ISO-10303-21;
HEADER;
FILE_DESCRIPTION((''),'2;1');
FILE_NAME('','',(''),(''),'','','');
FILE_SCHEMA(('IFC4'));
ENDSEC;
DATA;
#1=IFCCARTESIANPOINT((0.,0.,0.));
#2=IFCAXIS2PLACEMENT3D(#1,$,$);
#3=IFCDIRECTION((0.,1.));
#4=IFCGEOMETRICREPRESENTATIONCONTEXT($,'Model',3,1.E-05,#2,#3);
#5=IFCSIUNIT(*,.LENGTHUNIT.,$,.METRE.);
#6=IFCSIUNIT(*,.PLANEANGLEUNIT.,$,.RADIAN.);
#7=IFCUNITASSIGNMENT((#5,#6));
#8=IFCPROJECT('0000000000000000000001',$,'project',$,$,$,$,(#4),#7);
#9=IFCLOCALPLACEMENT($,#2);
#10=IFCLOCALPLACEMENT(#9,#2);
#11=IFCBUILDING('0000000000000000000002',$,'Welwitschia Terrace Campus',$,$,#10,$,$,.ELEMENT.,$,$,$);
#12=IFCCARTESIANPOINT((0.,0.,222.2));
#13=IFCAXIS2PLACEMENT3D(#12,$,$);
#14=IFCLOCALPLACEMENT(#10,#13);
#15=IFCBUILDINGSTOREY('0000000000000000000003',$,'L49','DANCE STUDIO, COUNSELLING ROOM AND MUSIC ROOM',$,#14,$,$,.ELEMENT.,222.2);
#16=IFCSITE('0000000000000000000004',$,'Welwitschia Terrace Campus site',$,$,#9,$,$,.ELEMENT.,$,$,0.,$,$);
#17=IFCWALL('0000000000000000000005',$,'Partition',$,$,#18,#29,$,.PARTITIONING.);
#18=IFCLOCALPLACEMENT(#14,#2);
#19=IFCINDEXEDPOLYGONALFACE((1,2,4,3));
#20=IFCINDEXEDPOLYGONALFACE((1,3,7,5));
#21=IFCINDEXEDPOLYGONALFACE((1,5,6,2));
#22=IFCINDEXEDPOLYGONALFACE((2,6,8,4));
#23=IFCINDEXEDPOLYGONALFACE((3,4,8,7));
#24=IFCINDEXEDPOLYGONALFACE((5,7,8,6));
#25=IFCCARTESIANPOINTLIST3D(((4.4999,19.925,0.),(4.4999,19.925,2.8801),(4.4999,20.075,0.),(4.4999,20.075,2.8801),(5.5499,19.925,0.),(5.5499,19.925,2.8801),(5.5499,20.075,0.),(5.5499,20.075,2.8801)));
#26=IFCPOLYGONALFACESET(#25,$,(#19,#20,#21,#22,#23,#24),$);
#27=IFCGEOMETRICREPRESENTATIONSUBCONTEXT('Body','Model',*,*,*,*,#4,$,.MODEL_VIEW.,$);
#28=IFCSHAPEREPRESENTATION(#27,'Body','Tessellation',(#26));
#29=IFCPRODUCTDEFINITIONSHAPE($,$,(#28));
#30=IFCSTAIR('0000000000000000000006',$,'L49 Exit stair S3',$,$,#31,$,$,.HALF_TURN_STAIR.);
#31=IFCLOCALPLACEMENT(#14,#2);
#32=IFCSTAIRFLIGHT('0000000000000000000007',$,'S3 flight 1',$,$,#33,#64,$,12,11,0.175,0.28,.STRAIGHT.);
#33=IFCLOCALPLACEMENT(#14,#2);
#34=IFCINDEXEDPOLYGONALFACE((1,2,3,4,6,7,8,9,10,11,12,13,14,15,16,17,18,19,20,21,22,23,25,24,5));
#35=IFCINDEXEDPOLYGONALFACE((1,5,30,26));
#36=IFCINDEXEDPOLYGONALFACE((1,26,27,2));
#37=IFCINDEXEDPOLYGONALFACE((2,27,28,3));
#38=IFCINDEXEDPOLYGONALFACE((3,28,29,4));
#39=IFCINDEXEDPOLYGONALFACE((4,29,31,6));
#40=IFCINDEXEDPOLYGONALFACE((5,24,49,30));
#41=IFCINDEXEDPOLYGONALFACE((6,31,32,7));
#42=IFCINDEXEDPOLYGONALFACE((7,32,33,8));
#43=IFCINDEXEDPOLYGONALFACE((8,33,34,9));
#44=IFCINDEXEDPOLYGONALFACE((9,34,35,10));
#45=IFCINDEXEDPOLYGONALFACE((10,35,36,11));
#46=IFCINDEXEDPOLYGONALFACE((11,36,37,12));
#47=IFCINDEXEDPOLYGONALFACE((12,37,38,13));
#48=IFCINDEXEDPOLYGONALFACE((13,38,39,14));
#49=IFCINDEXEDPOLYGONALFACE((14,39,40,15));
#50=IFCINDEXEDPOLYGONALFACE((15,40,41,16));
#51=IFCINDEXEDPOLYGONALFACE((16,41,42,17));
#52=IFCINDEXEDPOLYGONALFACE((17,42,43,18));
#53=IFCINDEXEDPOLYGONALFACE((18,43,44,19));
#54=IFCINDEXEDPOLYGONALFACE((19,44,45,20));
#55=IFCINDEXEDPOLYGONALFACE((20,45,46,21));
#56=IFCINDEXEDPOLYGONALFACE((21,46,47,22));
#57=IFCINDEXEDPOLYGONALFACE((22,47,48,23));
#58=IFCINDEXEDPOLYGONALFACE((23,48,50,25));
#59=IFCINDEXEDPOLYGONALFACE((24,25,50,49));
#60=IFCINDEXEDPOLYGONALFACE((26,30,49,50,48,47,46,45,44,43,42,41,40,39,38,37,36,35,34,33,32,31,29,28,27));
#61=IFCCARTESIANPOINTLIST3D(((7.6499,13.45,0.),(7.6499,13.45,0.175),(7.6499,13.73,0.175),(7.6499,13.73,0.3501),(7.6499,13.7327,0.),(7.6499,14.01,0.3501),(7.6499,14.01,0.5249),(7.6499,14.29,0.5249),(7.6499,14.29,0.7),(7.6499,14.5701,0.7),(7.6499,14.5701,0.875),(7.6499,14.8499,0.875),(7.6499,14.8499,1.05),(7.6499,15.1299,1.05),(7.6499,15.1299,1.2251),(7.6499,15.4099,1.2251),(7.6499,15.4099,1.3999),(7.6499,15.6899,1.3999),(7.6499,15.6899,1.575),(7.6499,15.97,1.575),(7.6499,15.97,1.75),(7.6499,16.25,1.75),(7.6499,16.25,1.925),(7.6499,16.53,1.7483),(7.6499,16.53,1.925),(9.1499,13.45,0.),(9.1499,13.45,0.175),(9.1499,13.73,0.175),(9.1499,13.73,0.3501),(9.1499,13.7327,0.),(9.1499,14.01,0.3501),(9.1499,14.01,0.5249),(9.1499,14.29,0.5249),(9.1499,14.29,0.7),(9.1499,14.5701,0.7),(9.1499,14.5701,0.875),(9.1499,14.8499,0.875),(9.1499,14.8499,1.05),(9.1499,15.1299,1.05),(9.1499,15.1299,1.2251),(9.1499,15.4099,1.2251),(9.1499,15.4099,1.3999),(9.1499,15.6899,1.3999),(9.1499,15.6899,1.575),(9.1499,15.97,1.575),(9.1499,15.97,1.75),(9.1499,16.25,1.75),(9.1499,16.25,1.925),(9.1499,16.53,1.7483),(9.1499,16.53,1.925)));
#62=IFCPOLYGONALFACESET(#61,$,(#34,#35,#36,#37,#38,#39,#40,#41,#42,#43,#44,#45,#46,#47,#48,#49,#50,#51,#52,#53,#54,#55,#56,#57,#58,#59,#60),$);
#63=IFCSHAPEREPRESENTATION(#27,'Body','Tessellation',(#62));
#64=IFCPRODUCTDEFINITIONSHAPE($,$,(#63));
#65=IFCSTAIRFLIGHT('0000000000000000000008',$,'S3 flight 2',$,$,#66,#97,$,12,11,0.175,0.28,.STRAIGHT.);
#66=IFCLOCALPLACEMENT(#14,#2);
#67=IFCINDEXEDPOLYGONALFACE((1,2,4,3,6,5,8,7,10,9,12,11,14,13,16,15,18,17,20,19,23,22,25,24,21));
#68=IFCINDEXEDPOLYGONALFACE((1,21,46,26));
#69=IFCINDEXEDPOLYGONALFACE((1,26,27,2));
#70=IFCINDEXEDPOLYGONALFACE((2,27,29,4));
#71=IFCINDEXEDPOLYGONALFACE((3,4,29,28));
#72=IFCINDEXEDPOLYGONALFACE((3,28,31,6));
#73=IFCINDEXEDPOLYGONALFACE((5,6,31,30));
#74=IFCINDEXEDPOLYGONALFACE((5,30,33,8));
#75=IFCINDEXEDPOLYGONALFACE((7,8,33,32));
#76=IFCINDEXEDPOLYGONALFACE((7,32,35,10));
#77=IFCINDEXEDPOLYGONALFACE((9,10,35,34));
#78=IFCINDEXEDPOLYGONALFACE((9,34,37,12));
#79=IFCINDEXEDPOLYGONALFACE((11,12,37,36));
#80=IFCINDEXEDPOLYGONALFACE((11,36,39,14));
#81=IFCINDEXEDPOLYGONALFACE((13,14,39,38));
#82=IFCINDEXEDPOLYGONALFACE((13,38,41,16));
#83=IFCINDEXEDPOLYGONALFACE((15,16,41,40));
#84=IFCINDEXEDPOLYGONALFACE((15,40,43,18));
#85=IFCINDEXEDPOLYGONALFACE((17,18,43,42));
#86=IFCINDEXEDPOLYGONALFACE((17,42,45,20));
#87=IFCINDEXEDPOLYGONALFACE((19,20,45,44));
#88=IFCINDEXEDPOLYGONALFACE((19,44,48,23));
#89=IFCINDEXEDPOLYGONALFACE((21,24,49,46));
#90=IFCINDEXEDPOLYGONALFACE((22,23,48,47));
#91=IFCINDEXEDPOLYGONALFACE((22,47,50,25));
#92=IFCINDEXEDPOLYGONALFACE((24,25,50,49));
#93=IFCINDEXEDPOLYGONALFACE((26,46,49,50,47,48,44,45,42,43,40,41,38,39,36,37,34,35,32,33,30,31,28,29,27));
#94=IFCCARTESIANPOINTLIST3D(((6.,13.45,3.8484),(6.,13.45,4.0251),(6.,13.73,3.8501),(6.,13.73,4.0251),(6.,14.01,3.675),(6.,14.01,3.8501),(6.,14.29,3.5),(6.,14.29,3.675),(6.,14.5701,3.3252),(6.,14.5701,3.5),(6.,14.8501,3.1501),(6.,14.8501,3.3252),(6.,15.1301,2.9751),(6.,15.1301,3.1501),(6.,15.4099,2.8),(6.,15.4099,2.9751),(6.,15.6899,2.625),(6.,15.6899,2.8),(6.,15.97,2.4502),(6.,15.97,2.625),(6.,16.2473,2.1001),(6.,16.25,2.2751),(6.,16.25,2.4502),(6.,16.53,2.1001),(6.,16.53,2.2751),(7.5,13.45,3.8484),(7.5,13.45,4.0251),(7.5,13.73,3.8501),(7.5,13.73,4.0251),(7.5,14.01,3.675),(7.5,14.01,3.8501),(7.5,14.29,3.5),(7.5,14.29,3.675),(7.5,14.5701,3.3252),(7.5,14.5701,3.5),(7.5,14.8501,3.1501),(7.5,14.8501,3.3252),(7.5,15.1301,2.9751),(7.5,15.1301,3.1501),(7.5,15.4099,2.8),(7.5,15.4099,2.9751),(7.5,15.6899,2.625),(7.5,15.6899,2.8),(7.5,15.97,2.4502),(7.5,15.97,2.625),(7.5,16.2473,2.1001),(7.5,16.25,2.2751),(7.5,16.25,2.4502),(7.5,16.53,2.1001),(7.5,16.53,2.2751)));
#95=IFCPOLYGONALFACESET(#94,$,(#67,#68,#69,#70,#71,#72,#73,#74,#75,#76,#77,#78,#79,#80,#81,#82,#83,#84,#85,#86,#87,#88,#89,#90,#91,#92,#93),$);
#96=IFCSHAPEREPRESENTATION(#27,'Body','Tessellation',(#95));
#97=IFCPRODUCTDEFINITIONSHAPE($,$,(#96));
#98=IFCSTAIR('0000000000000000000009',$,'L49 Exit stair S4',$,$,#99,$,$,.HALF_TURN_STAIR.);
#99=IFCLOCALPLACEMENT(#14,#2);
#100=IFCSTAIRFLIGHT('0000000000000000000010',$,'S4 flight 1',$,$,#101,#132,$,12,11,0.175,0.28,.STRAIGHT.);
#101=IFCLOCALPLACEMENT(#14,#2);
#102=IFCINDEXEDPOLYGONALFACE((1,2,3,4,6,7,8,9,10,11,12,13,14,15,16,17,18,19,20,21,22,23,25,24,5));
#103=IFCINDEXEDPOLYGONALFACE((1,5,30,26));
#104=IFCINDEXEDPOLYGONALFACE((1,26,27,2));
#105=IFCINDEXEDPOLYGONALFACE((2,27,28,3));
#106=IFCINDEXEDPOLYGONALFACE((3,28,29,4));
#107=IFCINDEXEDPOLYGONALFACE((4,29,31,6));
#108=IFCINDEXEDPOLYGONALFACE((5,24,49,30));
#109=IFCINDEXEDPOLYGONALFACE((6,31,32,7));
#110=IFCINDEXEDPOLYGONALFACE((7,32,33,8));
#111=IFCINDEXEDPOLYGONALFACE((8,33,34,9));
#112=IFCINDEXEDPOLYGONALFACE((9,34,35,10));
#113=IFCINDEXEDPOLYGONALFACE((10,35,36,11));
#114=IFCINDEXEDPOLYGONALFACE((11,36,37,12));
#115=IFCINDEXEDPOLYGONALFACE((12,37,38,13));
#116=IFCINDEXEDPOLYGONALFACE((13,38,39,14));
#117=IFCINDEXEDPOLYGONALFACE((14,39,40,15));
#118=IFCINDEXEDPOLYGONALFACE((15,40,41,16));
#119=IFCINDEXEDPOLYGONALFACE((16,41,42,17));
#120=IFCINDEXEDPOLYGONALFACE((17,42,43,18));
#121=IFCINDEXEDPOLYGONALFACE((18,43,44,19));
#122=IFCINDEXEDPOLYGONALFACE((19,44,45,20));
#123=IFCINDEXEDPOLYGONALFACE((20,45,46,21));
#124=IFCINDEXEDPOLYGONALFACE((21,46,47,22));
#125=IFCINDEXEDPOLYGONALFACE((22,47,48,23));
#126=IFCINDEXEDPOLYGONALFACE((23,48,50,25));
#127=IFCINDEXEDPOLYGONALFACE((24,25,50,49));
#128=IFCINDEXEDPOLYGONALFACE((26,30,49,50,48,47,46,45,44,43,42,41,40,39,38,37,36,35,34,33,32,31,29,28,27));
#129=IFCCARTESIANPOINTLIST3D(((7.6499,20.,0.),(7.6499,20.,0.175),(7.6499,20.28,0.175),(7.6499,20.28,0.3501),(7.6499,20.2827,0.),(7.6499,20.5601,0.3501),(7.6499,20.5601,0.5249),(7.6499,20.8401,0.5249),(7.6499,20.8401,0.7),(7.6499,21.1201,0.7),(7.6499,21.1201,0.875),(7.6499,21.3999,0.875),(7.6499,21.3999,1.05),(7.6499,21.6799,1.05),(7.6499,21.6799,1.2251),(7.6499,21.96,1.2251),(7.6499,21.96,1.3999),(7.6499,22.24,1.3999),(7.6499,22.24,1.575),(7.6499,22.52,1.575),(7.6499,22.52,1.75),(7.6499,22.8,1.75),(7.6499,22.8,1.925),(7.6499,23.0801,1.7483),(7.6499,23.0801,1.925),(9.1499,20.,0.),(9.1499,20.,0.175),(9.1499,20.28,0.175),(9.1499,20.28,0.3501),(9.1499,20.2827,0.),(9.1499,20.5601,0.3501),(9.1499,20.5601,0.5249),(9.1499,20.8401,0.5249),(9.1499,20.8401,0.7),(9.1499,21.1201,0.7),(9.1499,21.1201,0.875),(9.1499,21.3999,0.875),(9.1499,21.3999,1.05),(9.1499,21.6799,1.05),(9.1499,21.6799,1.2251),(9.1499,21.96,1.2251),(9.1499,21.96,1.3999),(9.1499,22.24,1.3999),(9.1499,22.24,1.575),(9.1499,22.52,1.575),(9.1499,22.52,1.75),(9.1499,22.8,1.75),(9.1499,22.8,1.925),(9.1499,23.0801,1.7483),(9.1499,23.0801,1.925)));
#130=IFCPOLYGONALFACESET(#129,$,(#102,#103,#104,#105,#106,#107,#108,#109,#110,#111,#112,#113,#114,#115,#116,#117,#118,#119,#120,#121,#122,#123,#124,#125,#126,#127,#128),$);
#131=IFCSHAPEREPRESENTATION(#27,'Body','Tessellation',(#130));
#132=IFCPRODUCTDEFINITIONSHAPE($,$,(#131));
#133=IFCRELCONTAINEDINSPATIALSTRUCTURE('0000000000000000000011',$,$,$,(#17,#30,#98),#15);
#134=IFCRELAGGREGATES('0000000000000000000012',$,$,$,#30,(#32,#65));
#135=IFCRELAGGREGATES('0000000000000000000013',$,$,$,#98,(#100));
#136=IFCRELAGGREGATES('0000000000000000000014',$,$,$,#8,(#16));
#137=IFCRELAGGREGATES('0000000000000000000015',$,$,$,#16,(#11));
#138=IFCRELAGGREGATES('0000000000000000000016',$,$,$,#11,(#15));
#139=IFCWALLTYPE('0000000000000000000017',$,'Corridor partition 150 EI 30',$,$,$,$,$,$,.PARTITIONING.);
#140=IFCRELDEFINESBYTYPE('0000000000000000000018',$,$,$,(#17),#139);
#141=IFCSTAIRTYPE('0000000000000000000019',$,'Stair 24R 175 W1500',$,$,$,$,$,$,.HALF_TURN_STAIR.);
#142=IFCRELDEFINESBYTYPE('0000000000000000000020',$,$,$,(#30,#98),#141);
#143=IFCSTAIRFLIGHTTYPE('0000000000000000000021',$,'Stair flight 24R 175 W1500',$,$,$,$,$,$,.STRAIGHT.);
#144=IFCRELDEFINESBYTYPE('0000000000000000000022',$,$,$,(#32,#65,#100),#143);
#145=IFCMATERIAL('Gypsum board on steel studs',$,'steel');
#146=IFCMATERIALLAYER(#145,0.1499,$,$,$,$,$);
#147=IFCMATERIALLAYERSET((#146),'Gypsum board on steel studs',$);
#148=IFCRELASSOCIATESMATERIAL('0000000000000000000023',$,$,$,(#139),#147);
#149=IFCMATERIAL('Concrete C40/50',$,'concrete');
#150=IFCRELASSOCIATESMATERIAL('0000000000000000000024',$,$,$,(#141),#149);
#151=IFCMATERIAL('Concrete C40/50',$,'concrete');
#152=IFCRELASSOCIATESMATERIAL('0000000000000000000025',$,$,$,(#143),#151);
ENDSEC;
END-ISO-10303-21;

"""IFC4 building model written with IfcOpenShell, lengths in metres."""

from ifc_helpers import new_model, si_unit, direction, frame, frame_2d, origin, place, context, subcontext, project, spatial, polyline, rectangle, outline, extrude, material, layer, layer_set, type_object, element, aggregate, save


model = new_model("IFC4")

# Units and contexts
model_context = context("Model", 3, precision=1e-05, world=origin(), true_north=direction((0.0, 1.0)))
body_context = subcontext(model_context, "Body", "Model", "MODEL_VIEW")
ifc_project = project(units=[si_unit("LENGTHUNIT", "METRE"), si_unit("PLANEANGLEUNIT", "RADIAN")], contexts=[model_context])

# Site, building, storey
site_placement = place(None, origin())
site = spatial("IfcSite", under=ifc_project, at=site_placement, Name="Welwitschia Terrace Campus site", CompositionType="ELEMENT", RefElevation=0.0)
building_placement = place(site_placement, origin())
building = spatial("IfcBuilding", under=site, at=building_placement, Name="Welwitschia Terrace Campus", CompositionType="ELEMENT")
storey_placement = place(building_placement, frame((0.0, 0.0, 222.2)))
storey = spatial("IfcBuildingStorey", under=building, at=storey_placement, Name="L49", Description="DANCE STUDIO, COUNSELLING ROOM AND MUSIC ROOM", CompositionType="ELEMENT", Elevation=222.2)

# Wall
ifc_material_1 = material(Name="Gypsum board on steel studs", Category="steel")
ifc_layer_1 = layer(ifc_material_1, 0.1499)
ifc_layer_set_1 = layer_set([ifc_layer_1], Name="Gypsum board on steel studs")
wall_type_1 = type_object("IfcWallType", Name="Corridor partition 150 EI 30", PredefinedType="PARTITIONING", material=ifc_layer_set_1)
wall_1_placement = place(storey_placement, frame((4.5, 20.0, 0.0), z_axis=(0.0, 0.0, 1.0), x_axis=(1.0, 0.0, 0.0)))
element("IfcWall", 1, at=wall_1_placement, inside=storey, type_object=wall_type_1, Name="Partition", PredefinedType="PARTITIONING", context=body_context, shape_type="SweptSolid", body=[
    extrude(rectangle(XDim=1.05, YDim=0.1499, at=frame_2d((0.5249, 0.0))), origin(), (0.0, 0.0, 1.0), 2.8801),
])

# Stair, stair flights
ifc_material_2 = material(Name="Concrete C40/50", Category="concrete")
stair_type = type_object("IfcStairType", Name="Stair 24R 175 W1500", PredefinedType="HALF_TURN_STAIR", material=ifc_material_2)
stair_1_placement = place(storey_placement, origin())
stair_1 = element("IfcStair", 2, at=stair_1_placement, inside=storey, type_object=stair_type, Name="L49 Exit stair S3", PredefinedType="HALF_TURN_STAIR")
ifc_material_3 = material(Name="Concrete C40/50", Category="concrete")
stair_flight_type = type_object("IfcStairFlightType", Name="Stair flight 24R 175 W1500", PredefinedType="STRAIGHT", material=ifc_material_3)
stair_flight_1_placement = place(storey_placement, frame((8.3999, 13.45, 0.0), z_axis=(0.0, 0.0, 1.0), x_axis=(0.0, 1.0, 0.0)))
stair_flight_1 = element("IfcStairFlight", 3, at=stair_flight_1_placement, type_object=stair_flight_type, Name="S3 flight 1", NumberOfRisers=12, NumberOfTreads=11, PredefinedType="STRAIGHT", RiserHeight=0.175, TreadLength=0.28, context=body_context, shape_type="SweptSolid", body=[
    extrude(outline(polyline([(0.0, 0.0), (0.0, 0.175), (0.28, 0.175), (0.28, 0.3501), (0.5601, 0.3501), (0.5601, 0.5249), (0.8401, 0.5249), (0.8401, 0.7), (1.1201, 0.7), (1.1201, 0.875), (1.3999, 0.875), (1.3999, 1.05), (1.6799, 1.05), (1.6799, 1.2251), (1.96, 1.2251), (1.96, 1.3999), (2.24, 1.3999), (2.24, 1.575), (2.52, 1.575), (2.52, 1.75), (2.8, 1.75), (2.8, 1.925), (3.0801, 1.925), (3.0801, 2.1001), (3.0801, 1.7483), (0.2827, 0.0), (0.0, 0.0)])), frame((0.0, 0.75, 0.0), z_axis=(0.0, -1.0, 0.0), x_axis=(1.0, 0.0, 0.0)), (0.0, 0.0, 1.0), 1.5),
])
stair_flight_2_placement = place(storey_placement, frame((6.75, 16.53, 2.1001), z_axis=(0.0, 0.0, 1.0), x_axis=(0.0, -1.0, 0.0)))
stair_flight_2 = element("IfcStairFlight", 4, at=stair_flight_2_placement, type_object=stair_flight_type, Name="S3 flight 2", NumberOfRisers=12, NumberOfTreads=11, PredefinedType="STRAIGHT", RiserHeight=0.175, TreadLength=0.28, context=body_context, shape_type="SweptSolid", body=[
    extrude(outline(polyline([(0.0, 0.0), (0.0, 0.175), (0.28, 0.175), (0.28, 0.3501), (0.5601, 0.3501), (0.5601, 0.5249), (0.8401, 0.5249), (0.8401, 0.7), (1.1201, 0.7), (1.1201, 0.875), (1.3999, 0.875), (1.3999, 1.05), (1.6799, 1.05), (1.6799, 1.2251), (1.96, 1.2251), (1.96, 1.3999), (2.24, 1.3999), (2.24, 1.575), (2.52, 1.575), (2.52, 1.75), (2.8, 1.75), (2.8, 1.925), (3.0801, 1.925), (3.0801, 2.1001), (3.0801, 1.7483), (0.2827, 0.0), (0.0, 0.0)])), frame((0.0, 0.75, 0.0), z_axis=(0.0, -1.0, 0.0), x_axis=(1.0, 0.0, 0.0)), (0.0, 0.0, 1.0), 1.5),
])
aggregate(stair_1, [stair_flight_1, stair_flight_2])

# Stair, stair flight
stair_2_placement = place(storey_placement, origin())
stair_2 = element("IfcStair", 5, at=stair_2_placement, inside=storey, type_object=stair_type, Name="L49 Exit stair S4", PredefinedType="HALF_TURN_STAIR")
stair_flight_3_placement = place(storey_placement, frame((8.3999, 20.0, 0.0), z_axis=(0.0, 0.0, 1.0), x_axis=(0.0, 1.0, 0.0)))
stair_flight_3 = element("IfcStairFlight", 6, at=stair_flight_3_placement, type_object=stair_flight_type, Name="S4 flight 1", NumberOfRisers=12, NumberOfTreads=11, PredefinedType="STRAIGHT", RiserHeight=0.175, TreadLength=0.28, context=body_context, shape_type="SweptSolid", body=[
    extrude(outline(polyline([(0.0, 0.0), (0.0, 0.175), (0.28, 0.175), (0.28, 0.3501), (0.5601, 0.3501), (0.5601, 0.5249), (0.8401, 0.5249), (0.8401, 0.7), (1.1201, 0.7), (1.1201, 0.875), (1.3999, 0.875), (1.3999, 1.05), (1.6799, 1.05), (1.6799, 1.2251), (1.96, 1.2251), (1.96, 1.3999), (2.24, 1.3999), (2.24, 1.575), (2.52, 1.575), (2.52, 1.75), (2.8, 1.75), (2.8, 1.925), (3.0801, 1.925), (3.0801, 2.1001), (3.0801, 1.7483), (0.2827, 0.0), (0.0, 0.0)])), frame((0.0, 0.75, 0.0), z_axis=(0.0, -1.0, 0.0), x_axis=(1.0, 0.0, 0.0)), (0.0, 0.0, 1.0), 1.5),
])
aggregate(stair_2, [stair_flight_3])

save(model, "model.ifc")
